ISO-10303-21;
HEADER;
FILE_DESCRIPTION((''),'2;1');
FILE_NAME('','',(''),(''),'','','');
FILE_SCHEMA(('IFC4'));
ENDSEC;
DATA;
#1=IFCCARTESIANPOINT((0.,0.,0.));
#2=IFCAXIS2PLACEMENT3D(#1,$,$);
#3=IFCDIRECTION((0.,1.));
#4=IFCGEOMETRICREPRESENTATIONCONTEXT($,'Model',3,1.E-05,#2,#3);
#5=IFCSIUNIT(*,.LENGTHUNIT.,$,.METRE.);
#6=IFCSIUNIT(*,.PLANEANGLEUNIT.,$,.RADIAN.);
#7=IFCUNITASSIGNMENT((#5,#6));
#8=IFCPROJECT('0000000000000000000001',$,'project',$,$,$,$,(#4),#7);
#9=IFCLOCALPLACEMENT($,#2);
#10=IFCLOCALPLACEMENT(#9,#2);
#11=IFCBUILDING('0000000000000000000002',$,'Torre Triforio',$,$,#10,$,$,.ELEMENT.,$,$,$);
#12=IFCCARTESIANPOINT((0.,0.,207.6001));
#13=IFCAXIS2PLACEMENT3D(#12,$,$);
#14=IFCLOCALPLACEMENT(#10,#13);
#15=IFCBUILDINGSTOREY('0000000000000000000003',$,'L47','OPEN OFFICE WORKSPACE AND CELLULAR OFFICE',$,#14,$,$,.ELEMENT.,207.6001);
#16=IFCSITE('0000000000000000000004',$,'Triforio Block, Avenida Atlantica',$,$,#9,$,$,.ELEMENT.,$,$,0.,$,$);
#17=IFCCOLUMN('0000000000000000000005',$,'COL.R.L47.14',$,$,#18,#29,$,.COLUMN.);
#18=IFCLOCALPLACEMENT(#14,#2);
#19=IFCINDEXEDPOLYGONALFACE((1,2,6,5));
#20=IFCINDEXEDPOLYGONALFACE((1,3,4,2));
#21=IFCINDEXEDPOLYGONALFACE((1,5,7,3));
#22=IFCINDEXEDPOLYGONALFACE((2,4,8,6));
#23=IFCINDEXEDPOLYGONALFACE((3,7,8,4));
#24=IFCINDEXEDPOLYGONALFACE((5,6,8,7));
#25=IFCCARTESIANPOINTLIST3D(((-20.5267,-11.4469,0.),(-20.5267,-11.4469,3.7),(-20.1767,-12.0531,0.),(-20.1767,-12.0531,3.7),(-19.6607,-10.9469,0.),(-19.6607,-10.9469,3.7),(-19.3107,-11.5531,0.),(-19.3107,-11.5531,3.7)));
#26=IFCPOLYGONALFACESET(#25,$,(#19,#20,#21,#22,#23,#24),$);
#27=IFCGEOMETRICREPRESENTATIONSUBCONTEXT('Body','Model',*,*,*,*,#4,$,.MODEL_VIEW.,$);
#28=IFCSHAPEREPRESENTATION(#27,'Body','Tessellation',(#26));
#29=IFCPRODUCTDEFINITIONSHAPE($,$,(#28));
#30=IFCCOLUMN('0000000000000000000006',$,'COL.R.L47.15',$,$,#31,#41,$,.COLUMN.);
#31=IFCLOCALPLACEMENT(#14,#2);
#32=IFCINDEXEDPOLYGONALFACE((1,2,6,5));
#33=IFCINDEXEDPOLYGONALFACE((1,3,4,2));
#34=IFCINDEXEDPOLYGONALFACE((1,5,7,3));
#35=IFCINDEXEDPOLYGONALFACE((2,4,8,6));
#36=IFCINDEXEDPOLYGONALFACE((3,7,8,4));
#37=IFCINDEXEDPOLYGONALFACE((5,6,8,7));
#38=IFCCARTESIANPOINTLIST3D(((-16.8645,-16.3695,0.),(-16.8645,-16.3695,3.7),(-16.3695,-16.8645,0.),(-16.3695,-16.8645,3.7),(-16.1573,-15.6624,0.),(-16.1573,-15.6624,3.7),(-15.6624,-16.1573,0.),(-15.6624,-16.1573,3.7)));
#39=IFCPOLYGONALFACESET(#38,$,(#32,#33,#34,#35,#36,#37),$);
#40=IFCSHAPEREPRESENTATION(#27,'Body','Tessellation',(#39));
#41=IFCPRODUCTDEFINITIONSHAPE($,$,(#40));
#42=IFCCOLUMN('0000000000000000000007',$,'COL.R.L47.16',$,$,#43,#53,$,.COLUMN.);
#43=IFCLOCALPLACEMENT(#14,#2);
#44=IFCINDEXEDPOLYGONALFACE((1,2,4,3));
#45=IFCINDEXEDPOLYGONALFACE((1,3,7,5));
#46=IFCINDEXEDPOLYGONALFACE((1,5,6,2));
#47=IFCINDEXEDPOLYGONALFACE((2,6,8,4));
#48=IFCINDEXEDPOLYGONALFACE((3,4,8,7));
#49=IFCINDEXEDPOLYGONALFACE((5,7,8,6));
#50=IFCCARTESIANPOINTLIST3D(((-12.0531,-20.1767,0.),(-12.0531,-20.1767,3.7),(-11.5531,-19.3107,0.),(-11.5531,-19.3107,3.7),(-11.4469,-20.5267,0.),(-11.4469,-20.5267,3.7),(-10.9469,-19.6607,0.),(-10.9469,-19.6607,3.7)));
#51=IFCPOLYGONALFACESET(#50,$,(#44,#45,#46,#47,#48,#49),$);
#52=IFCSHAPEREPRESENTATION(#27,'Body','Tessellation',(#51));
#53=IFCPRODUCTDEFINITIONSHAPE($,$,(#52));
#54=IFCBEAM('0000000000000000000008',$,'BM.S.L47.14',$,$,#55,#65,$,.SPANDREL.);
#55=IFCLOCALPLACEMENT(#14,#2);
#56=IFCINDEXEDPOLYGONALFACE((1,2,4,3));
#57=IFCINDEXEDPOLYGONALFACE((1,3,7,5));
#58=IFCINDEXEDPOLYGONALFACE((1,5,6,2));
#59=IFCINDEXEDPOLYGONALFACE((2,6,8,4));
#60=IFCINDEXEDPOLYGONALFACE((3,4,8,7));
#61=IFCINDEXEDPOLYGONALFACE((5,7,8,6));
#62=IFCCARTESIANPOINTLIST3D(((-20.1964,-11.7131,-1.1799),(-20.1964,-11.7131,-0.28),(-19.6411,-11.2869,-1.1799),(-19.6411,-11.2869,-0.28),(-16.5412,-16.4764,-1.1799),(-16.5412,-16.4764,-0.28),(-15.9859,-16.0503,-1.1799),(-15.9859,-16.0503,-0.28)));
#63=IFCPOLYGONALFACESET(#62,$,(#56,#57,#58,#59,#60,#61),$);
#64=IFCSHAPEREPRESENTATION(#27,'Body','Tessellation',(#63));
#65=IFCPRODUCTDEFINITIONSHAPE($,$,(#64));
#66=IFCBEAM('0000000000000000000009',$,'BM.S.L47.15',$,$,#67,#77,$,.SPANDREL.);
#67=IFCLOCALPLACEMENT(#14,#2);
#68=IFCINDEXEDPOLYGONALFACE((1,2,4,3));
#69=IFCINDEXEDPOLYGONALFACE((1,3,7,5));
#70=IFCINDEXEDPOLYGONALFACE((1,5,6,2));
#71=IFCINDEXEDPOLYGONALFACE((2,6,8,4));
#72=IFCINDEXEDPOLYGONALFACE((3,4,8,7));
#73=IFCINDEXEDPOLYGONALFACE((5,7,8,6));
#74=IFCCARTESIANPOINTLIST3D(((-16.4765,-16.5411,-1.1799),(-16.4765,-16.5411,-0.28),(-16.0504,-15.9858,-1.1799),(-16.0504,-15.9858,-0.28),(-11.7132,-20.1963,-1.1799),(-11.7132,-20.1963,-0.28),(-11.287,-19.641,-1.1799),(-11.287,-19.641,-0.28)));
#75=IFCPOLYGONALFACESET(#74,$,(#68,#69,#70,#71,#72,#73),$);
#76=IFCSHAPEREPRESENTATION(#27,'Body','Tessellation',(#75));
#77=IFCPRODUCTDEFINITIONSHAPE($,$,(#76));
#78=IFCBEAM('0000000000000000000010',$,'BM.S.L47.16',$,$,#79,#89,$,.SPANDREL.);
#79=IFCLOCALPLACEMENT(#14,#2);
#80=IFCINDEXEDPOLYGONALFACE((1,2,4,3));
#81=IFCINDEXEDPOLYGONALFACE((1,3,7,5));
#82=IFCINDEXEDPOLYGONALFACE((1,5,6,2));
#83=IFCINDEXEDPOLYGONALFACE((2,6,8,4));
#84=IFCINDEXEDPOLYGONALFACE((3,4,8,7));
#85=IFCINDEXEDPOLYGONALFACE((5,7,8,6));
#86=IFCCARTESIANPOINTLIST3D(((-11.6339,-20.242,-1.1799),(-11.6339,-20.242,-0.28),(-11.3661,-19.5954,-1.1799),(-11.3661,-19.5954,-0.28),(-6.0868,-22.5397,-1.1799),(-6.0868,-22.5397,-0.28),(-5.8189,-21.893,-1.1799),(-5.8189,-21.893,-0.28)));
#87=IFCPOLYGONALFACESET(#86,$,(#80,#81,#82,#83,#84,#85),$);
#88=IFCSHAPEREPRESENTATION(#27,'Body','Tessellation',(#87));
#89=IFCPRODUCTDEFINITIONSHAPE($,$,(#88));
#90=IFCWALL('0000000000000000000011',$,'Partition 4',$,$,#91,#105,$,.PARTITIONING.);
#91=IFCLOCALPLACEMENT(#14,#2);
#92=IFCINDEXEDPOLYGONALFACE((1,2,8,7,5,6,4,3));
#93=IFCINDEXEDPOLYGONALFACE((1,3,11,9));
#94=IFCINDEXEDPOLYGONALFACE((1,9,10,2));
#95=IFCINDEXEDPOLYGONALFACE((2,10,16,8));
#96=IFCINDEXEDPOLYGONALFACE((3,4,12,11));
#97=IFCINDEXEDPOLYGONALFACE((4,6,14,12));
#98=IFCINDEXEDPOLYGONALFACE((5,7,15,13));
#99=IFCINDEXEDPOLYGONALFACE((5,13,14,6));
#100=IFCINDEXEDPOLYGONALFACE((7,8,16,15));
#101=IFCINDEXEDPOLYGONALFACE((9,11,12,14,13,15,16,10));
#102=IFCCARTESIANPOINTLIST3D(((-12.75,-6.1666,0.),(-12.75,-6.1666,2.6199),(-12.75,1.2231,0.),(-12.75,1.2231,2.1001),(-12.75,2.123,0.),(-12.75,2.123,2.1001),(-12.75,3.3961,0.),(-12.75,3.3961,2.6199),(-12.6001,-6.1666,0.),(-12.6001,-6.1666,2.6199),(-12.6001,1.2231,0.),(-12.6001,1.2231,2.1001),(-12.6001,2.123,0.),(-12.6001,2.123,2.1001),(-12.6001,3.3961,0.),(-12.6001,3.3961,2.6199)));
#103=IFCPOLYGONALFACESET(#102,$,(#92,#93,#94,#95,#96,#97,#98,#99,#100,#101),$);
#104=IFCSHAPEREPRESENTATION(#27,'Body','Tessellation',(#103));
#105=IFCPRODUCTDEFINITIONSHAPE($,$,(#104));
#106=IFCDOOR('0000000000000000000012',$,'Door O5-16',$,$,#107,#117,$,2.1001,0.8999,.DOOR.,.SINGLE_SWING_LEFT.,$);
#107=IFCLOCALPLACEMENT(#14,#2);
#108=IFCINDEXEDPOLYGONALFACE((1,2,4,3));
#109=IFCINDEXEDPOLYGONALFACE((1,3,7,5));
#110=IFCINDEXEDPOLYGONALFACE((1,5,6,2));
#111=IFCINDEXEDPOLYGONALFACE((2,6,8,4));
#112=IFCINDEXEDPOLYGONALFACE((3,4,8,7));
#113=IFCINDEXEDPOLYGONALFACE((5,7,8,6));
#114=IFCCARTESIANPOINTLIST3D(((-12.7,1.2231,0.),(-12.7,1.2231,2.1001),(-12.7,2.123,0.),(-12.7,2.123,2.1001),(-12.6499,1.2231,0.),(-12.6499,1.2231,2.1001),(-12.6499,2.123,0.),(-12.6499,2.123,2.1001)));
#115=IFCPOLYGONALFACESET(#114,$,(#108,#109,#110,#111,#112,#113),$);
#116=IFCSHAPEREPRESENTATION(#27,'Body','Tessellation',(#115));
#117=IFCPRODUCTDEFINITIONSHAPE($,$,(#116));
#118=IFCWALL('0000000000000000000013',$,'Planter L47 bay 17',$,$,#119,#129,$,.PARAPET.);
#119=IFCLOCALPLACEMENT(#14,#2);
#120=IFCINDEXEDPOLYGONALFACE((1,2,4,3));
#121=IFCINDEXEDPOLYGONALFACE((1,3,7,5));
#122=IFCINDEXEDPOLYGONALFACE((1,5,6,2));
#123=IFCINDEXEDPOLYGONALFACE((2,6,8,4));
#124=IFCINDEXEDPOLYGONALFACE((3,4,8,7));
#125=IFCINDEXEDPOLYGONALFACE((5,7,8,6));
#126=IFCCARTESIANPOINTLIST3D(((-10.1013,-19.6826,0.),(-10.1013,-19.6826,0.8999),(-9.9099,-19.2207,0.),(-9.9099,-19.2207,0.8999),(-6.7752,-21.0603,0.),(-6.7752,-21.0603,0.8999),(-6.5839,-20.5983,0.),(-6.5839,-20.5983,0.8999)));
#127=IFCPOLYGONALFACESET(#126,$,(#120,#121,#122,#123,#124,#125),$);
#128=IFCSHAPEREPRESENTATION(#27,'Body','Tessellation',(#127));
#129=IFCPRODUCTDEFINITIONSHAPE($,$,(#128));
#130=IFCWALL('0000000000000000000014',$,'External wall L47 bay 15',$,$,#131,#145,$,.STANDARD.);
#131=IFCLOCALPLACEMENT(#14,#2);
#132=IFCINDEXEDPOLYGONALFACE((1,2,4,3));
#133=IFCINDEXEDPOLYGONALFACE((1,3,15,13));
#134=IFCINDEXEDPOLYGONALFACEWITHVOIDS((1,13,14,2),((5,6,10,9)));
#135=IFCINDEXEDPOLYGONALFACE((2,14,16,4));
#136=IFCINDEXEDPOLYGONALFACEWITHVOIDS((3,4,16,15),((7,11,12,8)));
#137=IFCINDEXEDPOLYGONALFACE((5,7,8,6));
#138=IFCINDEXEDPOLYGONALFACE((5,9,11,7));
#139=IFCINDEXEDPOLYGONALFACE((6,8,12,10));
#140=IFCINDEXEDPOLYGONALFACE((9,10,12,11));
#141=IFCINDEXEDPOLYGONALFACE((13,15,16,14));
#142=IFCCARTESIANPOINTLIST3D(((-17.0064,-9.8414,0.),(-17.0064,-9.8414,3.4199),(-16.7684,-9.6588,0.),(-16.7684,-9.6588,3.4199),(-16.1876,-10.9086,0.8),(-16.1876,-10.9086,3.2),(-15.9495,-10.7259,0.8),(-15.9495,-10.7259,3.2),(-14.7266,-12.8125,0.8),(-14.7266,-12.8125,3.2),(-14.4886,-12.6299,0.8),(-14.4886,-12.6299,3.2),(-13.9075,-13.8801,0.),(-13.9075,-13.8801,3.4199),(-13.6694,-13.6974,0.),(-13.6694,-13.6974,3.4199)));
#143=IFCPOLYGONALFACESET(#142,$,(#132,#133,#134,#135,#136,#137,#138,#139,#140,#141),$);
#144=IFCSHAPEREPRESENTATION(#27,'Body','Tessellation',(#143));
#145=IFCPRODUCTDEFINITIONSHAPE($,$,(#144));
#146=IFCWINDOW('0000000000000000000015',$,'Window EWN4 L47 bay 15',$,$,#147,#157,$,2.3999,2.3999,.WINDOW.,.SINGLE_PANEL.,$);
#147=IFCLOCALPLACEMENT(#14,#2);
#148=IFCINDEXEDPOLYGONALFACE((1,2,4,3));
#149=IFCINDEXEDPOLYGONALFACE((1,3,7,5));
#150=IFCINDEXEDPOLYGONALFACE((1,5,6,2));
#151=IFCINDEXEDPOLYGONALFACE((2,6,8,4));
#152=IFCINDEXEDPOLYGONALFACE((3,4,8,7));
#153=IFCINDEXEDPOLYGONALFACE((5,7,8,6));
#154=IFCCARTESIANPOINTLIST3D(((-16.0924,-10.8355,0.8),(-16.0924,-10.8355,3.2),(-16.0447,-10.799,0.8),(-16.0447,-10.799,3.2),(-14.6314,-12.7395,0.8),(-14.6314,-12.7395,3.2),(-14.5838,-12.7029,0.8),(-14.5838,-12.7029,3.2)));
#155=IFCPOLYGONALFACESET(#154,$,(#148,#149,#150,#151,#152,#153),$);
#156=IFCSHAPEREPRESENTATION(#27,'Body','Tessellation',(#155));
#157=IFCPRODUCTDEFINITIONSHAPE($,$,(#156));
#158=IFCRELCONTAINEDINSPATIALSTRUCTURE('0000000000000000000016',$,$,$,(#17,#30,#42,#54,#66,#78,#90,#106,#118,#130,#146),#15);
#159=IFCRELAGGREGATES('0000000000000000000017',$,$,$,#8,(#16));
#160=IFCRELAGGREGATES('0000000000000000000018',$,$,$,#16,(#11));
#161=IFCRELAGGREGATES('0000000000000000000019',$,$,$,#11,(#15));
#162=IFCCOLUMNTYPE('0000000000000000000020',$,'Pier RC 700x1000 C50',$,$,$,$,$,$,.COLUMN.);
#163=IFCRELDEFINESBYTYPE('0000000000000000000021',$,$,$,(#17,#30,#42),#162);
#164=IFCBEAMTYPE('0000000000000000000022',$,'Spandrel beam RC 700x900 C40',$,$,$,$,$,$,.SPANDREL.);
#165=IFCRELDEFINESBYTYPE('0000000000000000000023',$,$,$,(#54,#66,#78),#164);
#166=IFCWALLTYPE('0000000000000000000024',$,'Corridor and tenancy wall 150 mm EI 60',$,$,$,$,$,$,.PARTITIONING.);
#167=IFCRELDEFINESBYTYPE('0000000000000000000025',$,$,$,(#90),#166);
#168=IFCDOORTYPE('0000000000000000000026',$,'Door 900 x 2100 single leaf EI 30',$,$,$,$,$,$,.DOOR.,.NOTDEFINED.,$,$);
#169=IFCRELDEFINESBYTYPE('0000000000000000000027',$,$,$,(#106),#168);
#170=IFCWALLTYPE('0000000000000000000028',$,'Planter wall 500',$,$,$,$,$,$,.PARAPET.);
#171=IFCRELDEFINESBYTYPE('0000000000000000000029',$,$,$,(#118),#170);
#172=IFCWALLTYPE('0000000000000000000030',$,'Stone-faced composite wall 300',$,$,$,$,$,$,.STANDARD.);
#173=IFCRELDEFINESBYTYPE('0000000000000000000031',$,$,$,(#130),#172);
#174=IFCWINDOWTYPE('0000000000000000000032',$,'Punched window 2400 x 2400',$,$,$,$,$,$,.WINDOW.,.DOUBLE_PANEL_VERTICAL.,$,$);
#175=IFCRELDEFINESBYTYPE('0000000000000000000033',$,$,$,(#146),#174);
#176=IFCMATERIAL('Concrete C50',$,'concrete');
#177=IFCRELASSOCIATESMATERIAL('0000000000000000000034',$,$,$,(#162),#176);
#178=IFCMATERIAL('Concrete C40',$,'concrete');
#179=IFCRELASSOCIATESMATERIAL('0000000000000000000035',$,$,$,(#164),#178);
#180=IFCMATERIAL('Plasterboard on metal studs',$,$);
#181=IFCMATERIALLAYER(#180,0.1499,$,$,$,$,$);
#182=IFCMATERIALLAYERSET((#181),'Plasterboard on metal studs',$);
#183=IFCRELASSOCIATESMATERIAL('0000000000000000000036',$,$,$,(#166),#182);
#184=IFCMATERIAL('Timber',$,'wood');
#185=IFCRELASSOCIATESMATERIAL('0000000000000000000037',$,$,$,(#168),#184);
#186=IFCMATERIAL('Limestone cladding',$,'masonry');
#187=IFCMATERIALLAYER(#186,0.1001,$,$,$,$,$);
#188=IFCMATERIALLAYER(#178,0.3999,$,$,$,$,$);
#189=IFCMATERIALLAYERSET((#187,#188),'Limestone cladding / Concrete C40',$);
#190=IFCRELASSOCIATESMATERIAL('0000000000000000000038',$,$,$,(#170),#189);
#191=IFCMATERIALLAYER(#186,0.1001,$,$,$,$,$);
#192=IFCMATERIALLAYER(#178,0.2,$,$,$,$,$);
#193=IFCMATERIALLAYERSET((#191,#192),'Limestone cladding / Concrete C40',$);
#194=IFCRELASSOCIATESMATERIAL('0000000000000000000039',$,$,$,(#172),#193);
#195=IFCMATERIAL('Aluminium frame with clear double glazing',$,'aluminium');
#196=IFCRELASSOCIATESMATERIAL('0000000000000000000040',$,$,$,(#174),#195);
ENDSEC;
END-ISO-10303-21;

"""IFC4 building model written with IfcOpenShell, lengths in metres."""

from ifc_helpers import new_model, si_unit, direction, frame, frame_2d, origin, origin_2d, place, context, subcontext, project, spatial, rectangle, extrude, material, layer, layer_set, material_profile, profile_set, type_object, element, fill, save


model = new_model("IFC4")

# Units and contexts
model_context = context("Model", 3, precision=1e-05, world=origin(), true_north=direction((0.0, 1.0)))
body_context = subcontext(model_context, "Body", "Model", "MODEL_VIEW")
ifc_project = project(units=[si_unit("LENGTHUNIT", "METRE"), si_unit("PLANEANGLEUNIT", "RADIAN")], contexts=[model_context])

# Site, building, storey
site_placement = place(None, origin())
site = spatial("IfcSite", under=ifc_project, at=site_placement, Name="Triforio Block, Avenida Atlantica", CompositionType="ELEMENT", RefElevation=0.0)
building_placement = place(site_placement, origin())
building = spatial("IfcBuilding", under=site, at=building_placement, Name="Torre Triforio", CompositionType="ELEMENT")
storey_placement = place(building_placement, frame((0.0, 0.0, 207.6001)))
storey = spatial("IfcBuildingStorey", under=building, at=storey_placement, Name="L47", Description="OPEN OFFICE WORKSPACE AND CELLULAR OFFICE", CompositionType="ELEMENT", Elevation=207.6001)

# Columns
ifc_material_1 = material(Name="Concrete C50", Category="concrete")
ifc_material_profile_1 = material_profile(ifc_material_1, rectangle(XDim=0.7, YDim=1.0, at=origin_2d()), Name="RC 700x1000")
ifc_profile_set_1 = profile_set([ifc_material_profile_1], Name="Concrete C50")
column_type = type_object("IfcColumnType", Name="Pier RC 700x1000 C50", PredefinedType="COLUMN", material=ifc_profile_set_1)
for number, where, z_axis, x_axis, name in (
    (1, (-19.9187, -11.5, 0.0), (0.0, 0.0, 1.0), (0.5, -0.866025, 0.0), "COL.R.L47.14"),
    (2, (-16.2634, -16.2634, 0.0), (0.0, 0.0, 1.0), (0.707107, -0.707107, 0.0), "COL.R.L47.15"),
    (3, (-11.5, -19.9187, 0.0), (0.0, 0.0, 1.0), (0.866025, -0.5, 0.0), "COL.R.L47.16"),
):
    element("IfcColumn", number, at=place(storey_placement, frame(where, z_axis=z_axis, x_axis=x_axis)), inside=storey, type_object=column_type, Name=name, PredefinedType="COLUMN", context=body_context, shape_type="SweptSolid", body=[
        extrude(rectangle(XDim=0.7, YDim=1.0, at=origin_2d()), origin(), (0.0, 0.0, 1.0), 3.7),
    ])

# Beams
ifc_material_2 = material(Name="Concrete C40", Category="concrete")
ifc_material_profile_2 = material_profile(ifc_material_2, rectangle(XDim=0.7, YDim=0.8999, at=origin_2d()), Name="RC 700x900")
ifc_profile_set_2 = profile_set([ifc_material_profile_2], Name="Concrete C40")
beam_type = type_object("IfcBeamType", Name="Spandrel beam RC 700x900 C40", PredefinedType="SPANDREL", material=ifc_profile_set_2)
for number, where, z_axis, x_axis, name in (
    (4, (-19.9187, -11.5, -0.73), (0.608779, -0.79334, 0.0), (0.79334, 0.608779, 0.0), "BM.S.L47.14"),
    (5, (-16.2634, -16.2634, -0.73), (0.79334, -0.608779, 0.0), (0.608779, 0.79334, 0.0), "BM.S.L47.15"),
    (6, (-11.5, -19.9187, -0.73), (0.923885, -0.382671, 0.0), (0.382671, 0.923885, 0.0), "BM.S.L47.16"),
):
    element("IfcBeam", number, at=place(storey_placement, frame(where, z_axis=z_axis, x_axis=x_axis)), inside=storey, type_object=beam_type, Name=name, PredefinedType="SPANDREL", context=body_context, shape_type="SweptSolid", body=[
        extrude(rectangle(XDim=0.7, YDim=0.8999, at=origin_2d()), origin(), (0.0, 0.0, 1.0), 6.0042),
    ])

# Wall, opening, door
ifc_material_3 = material(Name="Plasterboard on metal studs")
ifc_layer_1 = layer(ifc_material_3, 0.1499)
ifc_layer_set_1 = layer_set([ifc_layer_1], Name="Plasterboard on metal studs")
wall_type_1 = type_object("IfcWallType", Name="Corridor and tenancy wall 150 mm EI 60", PredefinedType="PARTITIONING", material=ifc_layer_set_1)
wall_1_placement = place(storey_placement, frame((-12.675, -6.1665, 0.0), z_axis=(0.0, 0.0, 1.0), x_axis=(0.0, 1.0, 0.0)))
wall_1 = element("IfcWall", 7, at=wall_1_placement, inside=storey, type_object=wall_type_1, Name="Partition 4", PredefinedType="PARTITIONING", context=body_context, shape_type="SweptSolid", body=[
    extrude(rectangle(XDim=9.5627, YDim=0.1499, at=frame_2d((4.7812, 0.0))), origin(), (0.0, 0.0, 1.0), 2.6199),
])
opening_1_placement = place(wall_1_placement, frame((7.3896, 0.0, 0.0)))
opening_1 = element("IfcOpeningElement", 8, at=opening_1_placement, cuts=wall_1, PredefinedType="OPENING", context=body_context, shape_type="SweptSolid", body=[
    extrude(rectangle(XDim=0.8999, YDim=2.1001, at=frame_2d((0.45, 1.05))), frame((0.0, 0.085, 0.0), z_axis=(0.0, -1.0, 0.0), x_axis=(1.0, 0.0, 0.0)), (0.0, 0.0, 1.0), 0.1699),
])
ifc_material_4 = material(Name="Timber", Category="wood")
door_type_1 = type_object("IfcDoorType", Name="Door 900 x 2100 single leaf EI 30", OperationType="NOTDEFINED", PredefinedType="DOOR", material=ifc_material_4)
door_1_placement = place(opening_1_placement, origin())
door_1 = element("IfcDoor", 9, at=door_1_placement, inside=storey, type_object=door_type_1, Name="Door O5-16", OperationType="SINGLE_SWING_LEFT", OverallHeight=2.1001, OverallWidth=0.8999, PredefinedType="DOOR", context=body_context, shape_type="SweptSolid", body=[
    extrude(rectangle(XDim=0.8999, YDim=2.1001, at=frame_2d((0.45, 1.05))), frame((0.0, 0.0249, 0.0), z_axis=(0.0, -1.0, 0.0), x_axis=(1.0, 0.0, 0.0)), (0.0, 0.0, 1.0), 0.05),
])
fill(opening_1, door_1)

# Wall
ifc_material_5 = material(Name="Limestone cladding", Category="masonry")
ifc_layer_2 = layer(ifc_material_5, 0.1001)
ifc_layer_3 = layer(ifc_material_2, 0.3999)
ifc_layer_set_2 = layer_set([ifc_layer_2, ifc_layer_3], Name="Limestone cladding / Concrete C40")
wall_type_2 = type_object("IfcWallType", Name="Planter wall 500", PredefinedType="PARAPET", material=ifc_layer_set_2)
wall_2_placement = place(storey_placement, frame((-10.0056, -19.4517, 0.0), z_axis=(0.0, 0.0, 1.0), x_axis=(0.923885, -0.382669, 0.0)))
element("IfcWall", 10, at=wall_2_placement, inside=storey, type_object=wall_type_2, Name="Planter L47 bay 17", PredefinedType="PARAPET", context=body_context, shape_type="SweptSolid", body=[
    extrude(rectangle(XDim=3.6001, YDim=0.5, at=frame_2d((1.8, 0.0))), origin(), (0.0, 0.0, 1.0), 0.8999),
])

# Wall, opening, window
ifc_layer_4 = layer(ifc_material_5, 0.1001)
ifc_layer_5 = layer(ifc_material_2, 0.2)
ifc_layer_set_3 = layer_set([ifc_layer_4, ifc_layer_5], Name="Limestone cladding / Concrete C40")
wall_type_3 = type_object("IfcWallType", Name="Stone-faced composite wall 300", PredefinedType="STANDARD", material=ifc_layer_set_3)
wall_3_placement = place(storey_placement, frame((-16.8875, -9.75, 0.0), z_axis=(0.0, 0.0, 1.0), x_axis=(0.608758, -0.793356, 0.0)))
wall_3 = element("IfcWall", 11, at=wall_3_placement, inside=storey, type_object=wall_type_3, Name="External wall L47 bay 15", PredefinedType="STANDARD", context=body_context, shape_type="SweptSolid", body=[
    extrude(rectangle(XDim=5.0906, YDim=0.3, at=frame_2d((2.5454, 0.0))), origin(), (0.0, 0.0, 1.0), 3.4199),
])
opening_2_placement = place(wall_3_placement, frame((1.3452, 0.0, 0.8)))
opening_2 = element("IfcOpeningElement", 12, at=opening_2_placement, cuts=wall_3, PredefinedType="OPENING", context=body_context, shape_type="SweptSolid", body=[
    extrude(rectangle(XDim=2.3999, YDim=2.3999, at=frame_2d((1.2, 1.2))), frame((0.0, 0.1599, 0.0), z_axis=(0.0, -1.0, 0.0), x_axis=(1.0, 0.0, 0.0)), (0.0, 0.0, 1.0), 0.3201),
])
ifc_material_6 = material(Name="Aluminium frame with clear double glazing", Category="aluminium")
window_type_1 = type_object("IfcWindowType", Name="Punched window 2400 x 2400", PartitioningType="DOUBLE_PANEL_VERTICAL", PredefinedType="WINDOW", material=ifc_material_6)
window_1_placement = place(opening_2_placement, origin())
window_1 = element("IfcWindow", 13, at=window_1_placement, inside=storey, type_object=window_type_1, Name="Window EWN4 L47 bay 15", OverallHeight=2.3999, OverallWidth=2.3999, PartitioningType="SINGLE_PANEL", PredefinedType="WINDOW", context=body_context, shape_type="SweptSolid", body=[
    extrude(rectangle(XDim=2.3999, YDim=2.3999, at=frame_2d((1.2, 1.2))), frame((0.0, 0.03, 0.0), z_axis=(0.0, -1.0, 0.0), x_axis=(1.0, 0.0, 0.0)), (0.0, 0.0, 1.0), 0.0601),
])
fill(opening_2, window_1)

save(model, "model.ifc")
